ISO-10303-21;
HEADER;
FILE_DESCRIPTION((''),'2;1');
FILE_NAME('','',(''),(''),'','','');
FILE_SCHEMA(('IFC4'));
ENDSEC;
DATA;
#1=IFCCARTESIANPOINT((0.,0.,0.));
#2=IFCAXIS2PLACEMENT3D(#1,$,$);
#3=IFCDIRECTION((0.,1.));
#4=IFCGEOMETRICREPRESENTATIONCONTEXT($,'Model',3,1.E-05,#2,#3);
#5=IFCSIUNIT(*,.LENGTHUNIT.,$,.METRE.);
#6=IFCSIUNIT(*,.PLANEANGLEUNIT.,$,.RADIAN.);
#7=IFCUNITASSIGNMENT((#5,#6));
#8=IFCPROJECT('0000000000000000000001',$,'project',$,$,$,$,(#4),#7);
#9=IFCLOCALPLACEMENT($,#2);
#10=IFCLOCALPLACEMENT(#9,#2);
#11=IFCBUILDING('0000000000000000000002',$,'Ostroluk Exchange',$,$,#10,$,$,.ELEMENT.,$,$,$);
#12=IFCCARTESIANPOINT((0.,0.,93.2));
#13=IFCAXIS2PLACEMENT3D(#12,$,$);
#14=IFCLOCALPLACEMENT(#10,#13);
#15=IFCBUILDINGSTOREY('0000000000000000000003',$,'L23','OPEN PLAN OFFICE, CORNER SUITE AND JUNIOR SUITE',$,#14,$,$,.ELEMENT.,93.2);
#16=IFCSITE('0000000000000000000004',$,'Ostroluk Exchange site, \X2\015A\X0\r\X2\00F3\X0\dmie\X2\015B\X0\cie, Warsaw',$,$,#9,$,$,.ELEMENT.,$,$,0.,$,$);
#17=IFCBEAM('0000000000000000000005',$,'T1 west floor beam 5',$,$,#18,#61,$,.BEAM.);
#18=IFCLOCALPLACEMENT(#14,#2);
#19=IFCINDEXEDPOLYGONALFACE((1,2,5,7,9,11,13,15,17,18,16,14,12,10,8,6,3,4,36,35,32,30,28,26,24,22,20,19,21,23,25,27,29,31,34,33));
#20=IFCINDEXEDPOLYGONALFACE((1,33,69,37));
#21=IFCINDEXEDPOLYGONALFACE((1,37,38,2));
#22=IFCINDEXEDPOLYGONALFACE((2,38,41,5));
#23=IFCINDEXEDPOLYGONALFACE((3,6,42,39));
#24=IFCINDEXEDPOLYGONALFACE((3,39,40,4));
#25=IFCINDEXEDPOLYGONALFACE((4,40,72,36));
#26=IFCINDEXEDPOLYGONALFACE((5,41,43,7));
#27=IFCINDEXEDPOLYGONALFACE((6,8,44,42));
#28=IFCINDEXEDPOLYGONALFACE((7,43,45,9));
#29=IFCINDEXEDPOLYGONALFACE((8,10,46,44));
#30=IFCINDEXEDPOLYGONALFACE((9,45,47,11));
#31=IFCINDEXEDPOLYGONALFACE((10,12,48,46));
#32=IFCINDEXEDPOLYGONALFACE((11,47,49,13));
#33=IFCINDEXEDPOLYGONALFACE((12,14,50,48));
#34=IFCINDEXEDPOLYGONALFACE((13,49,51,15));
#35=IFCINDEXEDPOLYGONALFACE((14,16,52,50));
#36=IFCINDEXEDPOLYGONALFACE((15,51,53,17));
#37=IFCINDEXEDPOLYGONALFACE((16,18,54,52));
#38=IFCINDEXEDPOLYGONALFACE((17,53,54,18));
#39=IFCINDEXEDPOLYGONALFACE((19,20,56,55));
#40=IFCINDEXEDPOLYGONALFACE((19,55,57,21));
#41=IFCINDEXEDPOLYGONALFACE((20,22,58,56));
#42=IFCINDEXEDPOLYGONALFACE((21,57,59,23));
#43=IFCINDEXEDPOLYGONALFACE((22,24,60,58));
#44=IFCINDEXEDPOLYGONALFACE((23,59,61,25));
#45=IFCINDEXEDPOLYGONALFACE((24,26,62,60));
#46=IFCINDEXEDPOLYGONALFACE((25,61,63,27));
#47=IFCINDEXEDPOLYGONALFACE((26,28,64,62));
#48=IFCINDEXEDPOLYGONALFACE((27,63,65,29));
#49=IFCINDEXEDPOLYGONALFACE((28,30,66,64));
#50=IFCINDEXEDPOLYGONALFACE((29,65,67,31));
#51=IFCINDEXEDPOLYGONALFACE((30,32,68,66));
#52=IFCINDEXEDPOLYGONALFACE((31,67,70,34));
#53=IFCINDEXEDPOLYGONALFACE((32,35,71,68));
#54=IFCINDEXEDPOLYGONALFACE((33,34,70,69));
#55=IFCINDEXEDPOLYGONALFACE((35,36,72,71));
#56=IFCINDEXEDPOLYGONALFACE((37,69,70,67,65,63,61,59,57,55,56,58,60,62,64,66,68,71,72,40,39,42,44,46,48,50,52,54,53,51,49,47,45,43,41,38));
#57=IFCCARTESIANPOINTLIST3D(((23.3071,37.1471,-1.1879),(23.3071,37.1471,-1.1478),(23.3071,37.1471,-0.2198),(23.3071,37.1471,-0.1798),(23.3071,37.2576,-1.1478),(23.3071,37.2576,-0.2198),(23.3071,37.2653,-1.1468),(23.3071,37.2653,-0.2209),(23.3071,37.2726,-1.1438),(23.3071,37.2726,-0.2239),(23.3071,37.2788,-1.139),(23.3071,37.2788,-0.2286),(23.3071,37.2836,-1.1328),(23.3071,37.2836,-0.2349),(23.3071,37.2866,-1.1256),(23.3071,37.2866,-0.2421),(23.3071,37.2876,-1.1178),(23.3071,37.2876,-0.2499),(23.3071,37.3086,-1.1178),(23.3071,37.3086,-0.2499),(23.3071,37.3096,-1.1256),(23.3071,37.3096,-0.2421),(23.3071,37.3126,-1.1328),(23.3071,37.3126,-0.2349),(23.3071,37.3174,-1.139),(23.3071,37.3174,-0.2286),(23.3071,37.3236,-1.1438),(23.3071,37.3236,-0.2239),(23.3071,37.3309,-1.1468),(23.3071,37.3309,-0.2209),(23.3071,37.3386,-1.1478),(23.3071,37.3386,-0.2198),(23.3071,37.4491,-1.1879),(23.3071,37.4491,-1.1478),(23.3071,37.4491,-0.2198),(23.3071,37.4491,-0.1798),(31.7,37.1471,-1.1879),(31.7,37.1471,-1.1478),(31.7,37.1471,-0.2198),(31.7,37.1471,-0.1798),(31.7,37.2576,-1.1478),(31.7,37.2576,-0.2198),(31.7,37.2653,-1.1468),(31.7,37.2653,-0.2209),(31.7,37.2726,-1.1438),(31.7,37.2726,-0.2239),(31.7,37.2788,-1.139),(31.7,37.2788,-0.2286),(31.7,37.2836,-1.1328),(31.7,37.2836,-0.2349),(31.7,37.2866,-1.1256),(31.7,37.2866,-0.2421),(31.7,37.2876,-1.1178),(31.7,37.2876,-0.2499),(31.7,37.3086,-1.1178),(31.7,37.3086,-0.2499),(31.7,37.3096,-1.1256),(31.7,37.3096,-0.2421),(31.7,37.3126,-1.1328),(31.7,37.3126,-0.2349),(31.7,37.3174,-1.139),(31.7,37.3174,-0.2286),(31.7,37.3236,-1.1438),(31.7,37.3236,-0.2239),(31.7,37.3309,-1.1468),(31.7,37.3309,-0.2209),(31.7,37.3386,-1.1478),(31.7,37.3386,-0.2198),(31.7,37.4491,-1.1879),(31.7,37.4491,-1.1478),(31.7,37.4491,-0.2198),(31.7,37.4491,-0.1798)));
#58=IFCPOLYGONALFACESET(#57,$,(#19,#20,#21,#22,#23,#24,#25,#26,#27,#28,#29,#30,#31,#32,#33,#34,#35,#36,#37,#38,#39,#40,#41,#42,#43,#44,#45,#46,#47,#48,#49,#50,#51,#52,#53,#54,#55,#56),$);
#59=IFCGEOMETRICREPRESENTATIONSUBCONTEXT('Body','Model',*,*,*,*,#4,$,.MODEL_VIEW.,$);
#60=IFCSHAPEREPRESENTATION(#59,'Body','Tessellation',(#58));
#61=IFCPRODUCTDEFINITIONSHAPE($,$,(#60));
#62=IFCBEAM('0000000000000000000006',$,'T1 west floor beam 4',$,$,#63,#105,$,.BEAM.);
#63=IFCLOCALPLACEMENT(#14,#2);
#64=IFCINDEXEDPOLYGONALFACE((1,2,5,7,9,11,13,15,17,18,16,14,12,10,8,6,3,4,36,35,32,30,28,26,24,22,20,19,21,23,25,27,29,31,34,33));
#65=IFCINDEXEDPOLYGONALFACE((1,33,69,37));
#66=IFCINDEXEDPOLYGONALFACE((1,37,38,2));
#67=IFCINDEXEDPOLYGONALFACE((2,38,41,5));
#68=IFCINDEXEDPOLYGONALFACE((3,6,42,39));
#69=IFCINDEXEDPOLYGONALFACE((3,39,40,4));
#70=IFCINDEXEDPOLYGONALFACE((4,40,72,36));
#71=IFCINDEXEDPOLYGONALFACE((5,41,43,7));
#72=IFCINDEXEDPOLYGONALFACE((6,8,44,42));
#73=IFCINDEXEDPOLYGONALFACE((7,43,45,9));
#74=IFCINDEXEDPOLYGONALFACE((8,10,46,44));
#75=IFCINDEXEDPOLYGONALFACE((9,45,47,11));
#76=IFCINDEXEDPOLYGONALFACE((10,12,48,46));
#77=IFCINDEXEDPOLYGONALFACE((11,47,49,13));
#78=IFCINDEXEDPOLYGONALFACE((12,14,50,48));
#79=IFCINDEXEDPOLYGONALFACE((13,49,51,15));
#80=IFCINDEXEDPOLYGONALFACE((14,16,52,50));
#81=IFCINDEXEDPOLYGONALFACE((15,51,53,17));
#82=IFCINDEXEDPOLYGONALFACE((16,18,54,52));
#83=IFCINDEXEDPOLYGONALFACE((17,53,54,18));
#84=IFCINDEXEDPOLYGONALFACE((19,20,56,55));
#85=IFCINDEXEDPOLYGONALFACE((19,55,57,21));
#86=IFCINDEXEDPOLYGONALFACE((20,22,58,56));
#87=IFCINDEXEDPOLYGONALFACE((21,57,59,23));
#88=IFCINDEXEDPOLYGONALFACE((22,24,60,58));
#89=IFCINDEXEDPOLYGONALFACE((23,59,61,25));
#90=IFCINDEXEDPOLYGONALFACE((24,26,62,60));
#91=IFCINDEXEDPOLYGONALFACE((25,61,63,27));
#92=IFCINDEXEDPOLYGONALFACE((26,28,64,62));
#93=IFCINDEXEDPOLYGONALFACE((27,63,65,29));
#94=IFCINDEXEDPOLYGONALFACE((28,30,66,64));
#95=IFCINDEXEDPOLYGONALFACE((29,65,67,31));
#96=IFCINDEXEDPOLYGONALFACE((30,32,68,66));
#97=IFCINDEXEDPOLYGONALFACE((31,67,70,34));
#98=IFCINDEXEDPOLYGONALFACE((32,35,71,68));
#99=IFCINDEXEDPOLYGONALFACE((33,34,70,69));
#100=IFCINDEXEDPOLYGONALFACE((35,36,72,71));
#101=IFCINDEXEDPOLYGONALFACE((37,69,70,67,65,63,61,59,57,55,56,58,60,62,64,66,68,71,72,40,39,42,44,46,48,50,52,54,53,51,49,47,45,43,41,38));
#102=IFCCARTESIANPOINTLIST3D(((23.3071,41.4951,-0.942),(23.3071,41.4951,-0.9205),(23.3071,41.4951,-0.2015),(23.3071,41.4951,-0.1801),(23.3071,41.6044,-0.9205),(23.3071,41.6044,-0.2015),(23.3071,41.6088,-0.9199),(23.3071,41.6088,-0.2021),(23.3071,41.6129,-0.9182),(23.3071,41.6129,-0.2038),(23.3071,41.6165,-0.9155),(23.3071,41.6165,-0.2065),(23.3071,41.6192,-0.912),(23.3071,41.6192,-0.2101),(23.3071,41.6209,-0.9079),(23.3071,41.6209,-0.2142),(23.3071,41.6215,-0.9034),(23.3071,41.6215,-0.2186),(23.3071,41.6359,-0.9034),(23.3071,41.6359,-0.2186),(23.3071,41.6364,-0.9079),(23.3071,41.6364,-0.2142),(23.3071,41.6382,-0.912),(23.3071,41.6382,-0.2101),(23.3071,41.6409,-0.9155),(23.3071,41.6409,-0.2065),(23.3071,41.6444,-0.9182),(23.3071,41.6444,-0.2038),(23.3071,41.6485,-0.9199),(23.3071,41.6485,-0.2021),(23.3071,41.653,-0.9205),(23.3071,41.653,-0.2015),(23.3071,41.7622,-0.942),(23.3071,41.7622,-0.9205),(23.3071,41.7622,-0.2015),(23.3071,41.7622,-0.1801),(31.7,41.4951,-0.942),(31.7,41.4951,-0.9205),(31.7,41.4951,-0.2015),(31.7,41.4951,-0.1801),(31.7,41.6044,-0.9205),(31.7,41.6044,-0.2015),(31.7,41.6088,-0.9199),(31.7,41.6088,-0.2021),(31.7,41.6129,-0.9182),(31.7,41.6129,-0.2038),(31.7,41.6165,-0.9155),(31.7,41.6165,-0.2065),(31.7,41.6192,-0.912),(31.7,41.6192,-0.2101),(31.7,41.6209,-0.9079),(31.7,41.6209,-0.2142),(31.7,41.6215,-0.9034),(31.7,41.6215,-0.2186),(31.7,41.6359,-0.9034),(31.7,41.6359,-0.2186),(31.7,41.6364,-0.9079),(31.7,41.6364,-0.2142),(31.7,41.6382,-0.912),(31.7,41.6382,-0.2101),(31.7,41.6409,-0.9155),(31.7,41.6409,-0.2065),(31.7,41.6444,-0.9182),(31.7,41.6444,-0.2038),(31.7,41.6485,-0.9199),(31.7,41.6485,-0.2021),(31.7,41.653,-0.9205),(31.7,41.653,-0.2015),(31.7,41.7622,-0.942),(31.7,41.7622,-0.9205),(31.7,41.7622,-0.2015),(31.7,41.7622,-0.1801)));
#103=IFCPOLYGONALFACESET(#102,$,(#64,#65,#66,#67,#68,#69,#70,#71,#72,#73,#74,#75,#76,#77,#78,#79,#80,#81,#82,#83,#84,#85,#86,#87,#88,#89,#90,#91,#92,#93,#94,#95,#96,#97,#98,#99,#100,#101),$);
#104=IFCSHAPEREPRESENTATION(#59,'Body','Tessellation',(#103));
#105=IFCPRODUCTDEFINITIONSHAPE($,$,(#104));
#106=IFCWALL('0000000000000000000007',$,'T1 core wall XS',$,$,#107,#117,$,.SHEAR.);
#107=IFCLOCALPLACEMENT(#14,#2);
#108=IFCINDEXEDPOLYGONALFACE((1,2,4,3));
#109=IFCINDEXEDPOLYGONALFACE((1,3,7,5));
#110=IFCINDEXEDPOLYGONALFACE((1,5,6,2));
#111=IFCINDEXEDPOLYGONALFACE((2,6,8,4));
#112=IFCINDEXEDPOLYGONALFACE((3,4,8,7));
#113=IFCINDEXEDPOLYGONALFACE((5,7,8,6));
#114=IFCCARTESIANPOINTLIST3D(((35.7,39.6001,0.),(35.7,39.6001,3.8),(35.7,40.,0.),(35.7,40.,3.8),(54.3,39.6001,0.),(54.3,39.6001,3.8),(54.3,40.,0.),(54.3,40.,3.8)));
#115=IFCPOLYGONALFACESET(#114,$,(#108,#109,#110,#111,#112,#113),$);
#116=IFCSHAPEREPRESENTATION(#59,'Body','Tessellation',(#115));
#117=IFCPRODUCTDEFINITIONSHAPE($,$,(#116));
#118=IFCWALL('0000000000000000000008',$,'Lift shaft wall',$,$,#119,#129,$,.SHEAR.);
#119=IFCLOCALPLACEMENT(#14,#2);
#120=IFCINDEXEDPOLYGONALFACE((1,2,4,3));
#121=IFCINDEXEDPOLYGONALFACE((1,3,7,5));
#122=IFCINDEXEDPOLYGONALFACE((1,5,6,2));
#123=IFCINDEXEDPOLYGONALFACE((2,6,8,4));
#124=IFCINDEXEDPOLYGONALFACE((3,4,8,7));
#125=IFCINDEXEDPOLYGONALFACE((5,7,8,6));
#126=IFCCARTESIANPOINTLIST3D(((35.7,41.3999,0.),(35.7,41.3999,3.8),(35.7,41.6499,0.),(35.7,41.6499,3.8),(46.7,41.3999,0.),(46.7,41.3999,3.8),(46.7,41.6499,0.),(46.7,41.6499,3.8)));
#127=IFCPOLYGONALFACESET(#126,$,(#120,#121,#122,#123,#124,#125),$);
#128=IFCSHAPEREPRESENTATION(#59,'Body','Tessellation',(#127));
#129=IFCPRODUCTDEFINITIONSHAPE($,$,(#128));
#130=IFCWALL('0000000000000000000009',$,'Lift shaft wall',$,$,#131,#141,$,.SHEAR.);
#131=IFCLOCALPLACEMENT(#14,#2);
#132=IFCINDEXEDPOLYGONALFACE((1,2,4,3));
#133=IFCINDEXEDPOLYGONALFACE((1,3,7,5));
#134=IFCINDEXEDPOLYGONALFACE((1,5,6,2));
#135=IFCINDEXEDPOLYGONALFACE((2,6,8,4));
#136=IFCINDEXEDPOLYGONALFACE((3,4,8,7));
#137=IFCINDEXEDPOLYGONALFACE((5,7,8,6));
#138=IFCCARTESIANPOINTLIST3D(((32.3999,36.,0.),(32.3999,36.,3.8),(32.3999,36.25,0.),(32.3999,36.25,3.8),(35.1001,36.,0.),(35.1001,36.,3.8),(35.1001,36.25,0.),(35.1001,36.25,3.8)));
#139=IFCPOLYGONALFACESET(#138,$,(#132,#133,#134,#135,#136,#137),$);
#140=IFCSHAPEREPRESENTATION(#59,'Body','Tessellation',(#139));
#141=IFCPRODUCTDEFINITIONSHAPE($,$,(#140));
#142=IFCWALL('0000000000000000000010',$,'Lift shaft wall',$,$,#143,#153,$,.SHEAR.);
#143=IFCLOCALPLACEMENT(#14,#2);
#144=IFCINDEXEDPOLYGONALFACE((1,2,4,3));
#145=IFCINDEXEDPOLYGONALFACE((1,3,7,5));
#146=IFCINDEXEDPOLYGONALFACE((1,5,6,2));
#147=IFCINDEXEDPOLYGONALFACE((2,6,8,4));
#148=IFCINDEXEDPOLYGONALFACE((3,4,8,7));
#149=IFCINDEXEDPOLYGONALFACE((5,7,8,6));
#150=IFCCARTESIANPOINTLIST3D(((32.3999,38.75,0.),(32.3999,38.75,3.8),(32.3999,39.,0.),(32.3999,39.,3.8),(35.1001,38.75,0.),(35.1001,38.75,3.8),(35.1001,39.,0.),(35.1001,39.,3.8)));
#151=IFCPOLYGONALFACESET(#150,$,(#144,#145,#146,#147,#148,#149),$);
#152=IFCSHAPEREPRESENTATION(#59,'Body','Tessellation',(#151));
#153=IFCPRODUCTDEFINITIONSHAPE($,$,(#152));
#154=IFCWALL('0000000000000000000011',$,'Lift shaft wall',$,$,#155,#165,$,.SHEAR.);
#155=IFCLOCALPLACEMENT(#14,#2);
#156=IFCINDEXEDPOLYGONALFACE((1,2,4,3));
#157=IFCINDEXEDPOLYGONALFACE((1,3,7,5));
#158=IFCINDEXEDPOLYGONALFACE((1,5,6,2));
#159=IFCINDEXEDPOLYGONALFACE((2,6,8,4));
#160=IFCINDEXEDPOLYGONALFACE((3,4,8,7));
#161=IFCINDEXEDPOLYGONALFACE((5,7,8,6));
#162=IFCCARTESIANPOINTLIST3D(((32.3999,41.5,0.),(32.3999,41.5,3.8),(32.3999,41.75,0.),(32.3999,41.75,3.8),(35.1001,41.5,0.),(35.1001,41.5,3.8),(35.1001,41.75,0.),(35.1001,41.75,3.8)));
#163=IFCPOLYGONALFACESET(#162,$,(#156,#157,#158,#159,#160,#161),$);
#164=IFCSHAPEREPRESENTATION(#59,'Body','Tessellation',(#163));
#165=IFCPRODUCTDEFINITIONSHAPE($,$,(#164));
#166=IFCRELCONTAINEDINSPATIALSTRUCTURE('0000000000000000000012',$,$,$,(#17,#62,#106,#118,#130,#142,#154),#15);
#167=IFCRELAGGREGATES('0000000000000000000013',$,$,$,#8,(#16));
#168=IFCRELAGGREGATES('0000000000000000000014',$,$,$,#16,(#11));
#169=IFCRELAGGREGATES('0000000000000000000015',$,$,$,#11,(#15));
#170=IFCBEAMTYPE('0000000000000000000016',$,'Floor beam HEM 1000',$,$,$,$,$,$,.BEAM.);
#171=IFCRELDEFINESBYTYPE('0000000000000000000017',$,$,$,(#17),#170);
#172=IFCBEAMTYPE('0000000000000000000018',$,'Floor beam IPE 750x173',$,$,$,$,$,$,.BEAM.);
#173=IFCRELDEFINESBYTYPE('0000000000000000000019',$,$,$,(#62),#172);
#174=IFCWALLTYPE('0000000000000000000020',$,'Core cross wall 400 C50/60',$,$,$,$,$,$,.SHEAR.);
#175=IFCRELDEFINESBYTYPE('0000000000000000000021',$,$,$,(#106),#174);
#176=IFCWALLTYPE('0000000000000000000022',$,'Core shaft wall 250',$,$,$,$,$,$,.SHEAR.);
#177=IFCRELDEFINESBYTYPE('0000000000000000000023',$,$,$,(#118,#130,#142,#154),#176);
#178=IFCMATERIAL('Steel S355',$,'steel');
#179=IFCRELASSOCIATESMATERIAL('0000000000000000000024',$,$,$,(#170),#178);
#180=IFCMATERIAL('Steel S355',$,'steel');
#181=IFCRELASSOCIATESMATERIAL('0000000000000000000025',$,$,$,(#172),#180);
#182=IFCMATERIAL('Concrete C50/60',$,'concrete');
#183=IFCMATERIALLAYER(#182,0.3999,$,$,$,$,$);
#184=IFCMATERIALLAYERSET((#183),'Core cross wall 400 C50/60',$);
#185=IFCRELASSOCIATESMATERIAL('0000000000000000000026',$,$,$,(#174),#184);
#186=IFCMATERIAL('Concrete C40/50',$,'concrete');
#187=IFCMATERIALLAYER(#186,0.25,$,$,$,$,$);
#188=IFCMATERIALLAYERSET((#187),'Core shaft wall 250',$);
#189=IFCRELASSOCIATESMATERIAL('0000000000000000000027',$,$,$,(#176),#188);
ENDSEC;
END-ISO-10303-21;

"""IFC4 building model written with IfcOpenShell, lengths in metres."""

from ifc_helpers import new_model, si_unit, direction, frame, frame_2d, origin, origin_2d, place, context, subcontext, project, spatial, rectangle, i_section, extrude, material, layer, layer_set, material_profile, profile_set, type_object, element, save


model = new_model("IFC4")

# Units and contexts
model_context = context("Model", 3, precision=1e-05, world=origin(), true_north=direction((0.0, 1.0)))
body_context = subcontext(model_context, "Body", "Model", "MODEL_VIEW")
ifc_project = project(units=[si_unit("LENGTHUNIT", "METRE"), si_unit("PLANEANGLEUNIT", "RADIAN")], contexts=[model_context])

# Site, building, storey
site_placement = place(None, origin())
site = spatial("IfcSite", under=ifc_project, at=site_placement, Name="Ostroluk Exchange site, Śródmieście, Warsaw", CompositionType="ELEMENT", RefElevation=0.0)
building_placement = place(site_placement, origin())
building = spatial("IfcBuilding", under=site, at=building_placement, Name="Ostroluk Exchange", CompositionType="ELEMENT")
storey_placement = place(building_placement, frame((0.0, 0.0, 93.2)))
storey = spatial("IfcBuildingStorey", under=building, at=storey_placement, Name="L23", Description="OPEN PLAN OFFICE, CORNER SUITE AND JUNIOR SUITE", CompositionType="ELEMENT", Elevation=93.2)

# Beams
ifc_material_1 = material(Name="Steel S355", Category="steel")
ifc_material_profile_1 = material_profile(ifc_material_1, i_section(OverallWidth=0.302, OverallDepth=1.0081, WebThickness=0.021, FlangeThickness=0.04, FilletRadius=0.03, at=origin_2d()), Name="HEM 1000")
ifc_profile_set_1 = profile_set([ifc_material_profile_1], Name="Steel S355")
beam_type_1 = type_object("IfcBeamType", Name="Floor beam HEM 1000", PredefinedType="BEAM", material=ifc_profile_set_1)
beam_1_placement = place(storey_placement, frame((31.7, 37.2981, -0.6838), z_axis=(-1.0, 0.0, 0.0), x_axis=(0.0, -1.0, 0.0)))
element("IfcBeam", 1, at=beam_1_placement, inside=storey, type_object=beam_type_1, Name="T1 west floor beam 5", PredefinedType="BEAM", context=body_context, shape_type="SweptSolid", body=[
    extrude(i_section(OverallWidth=0.302, OverallDepth=1.0081, WebThickness=0.021, FlangeThickness=0.04, FilletRadius=0.03, at=origin_2d()), origin(), (0.0, 0.0, 1.0), 8.3928),
])
ifc_material_2 = material(Name="Steel S355", Category="steel")
ifc_material_profile_2 = material_profile(ifc_material_2, i_section(OverallWidth=0.2671, OverallDepth=0.762, WebThickness=0.0144, FlangeThickness=0.0215, FilletRadius=0.0171, at=origin_2d()), Name="IPE 750x173")
ifc_profile_set_2 = profile_set([ifc_material_profile_2], Name="Steel S355")
beam_type_2 = type_object("IfcBeamType", Name="Floor beam IPE 750x173", PredefinedType="BEAM", material=ifc_profile_set_2)
beam_2_placement = place(storey_placement, frame((31.7, 41.6287, -0.561), z_axis=(-1.0, 0.0, 0.0), x_axis=(0.0, -1.0, 0.0)))
element("IfcBeam", 2, at=beam_2_placement, inside=storey, type_object=beam_type_2, Name="T1 west floor beam 4", PredefinedType="BEAM", context=body_context, shape_type="SweptSolid", body=[
    extrude(i_section(OverallWidth=0.2671, OverallDepth=0.762, WebThickness=0.0144, FlangeThickness=0.0215, FilletRadius=0.0171, at=origin_2d()), origin(), (0.0, 0.0, 1.0), 8.3928),
])

# Walls
ifc_material_3 = material(Name="Concrete C50/60", Category="concrete")
ifc_layer_1 = layer(ifc_material_3, 0.3999)
ifc_layer_set_1 = layer_set([ifc_layer_1], Name="Core cross wall 400 C50/60")
wall_type_1 = type_object("IfcWallType", Name="Core cross wall 400 C50/60", PredefinedType="SHEAR", material=ifc_layer_set_1)
wall_1_placement = place(storey_placement, frame((35.7, 39.8, 0.0), z_axis=(0.0, 0.0, 1.0), x_axis=(1.0, 0.0, 0.0)))
element("IfcWall", 3, at=wall_1_placement, inside=storey, type_object=wall_type_1, Name="T1 core wall XS", PredefinedType="SHEAR", context=body_context, shape_type="SweptSolid", body=[
    extrude(rectangle(XDim=18.6001, YDim=0.3999, at=frame_2d((9.3, 0.0))), origin(), (0.0, 0.0, 1.0), 3.8),
])
ifc_material_4 = material(Name="Concrete C40/50", Category="concrete")
ifc_layer_2 = layer(ifc_material_4, 0.25)
ifc_layer_set_2 = layer_set([ifc_layer_2], Name="Core shaft wall 250")
wall_type_2 = type_object("IfcWallType", Name="Core shaft wall 250", PredefinedType="SHEAR", material=ifc_layer_set_2)
wall_2_placement = place(storey_placement, frame((35.7, 41.5249, 0.0), z_axis=(0.0, 0.0, 1.0), x_axis=(1.0, 0.0, 0.0)))
element("IfcWall", 4, at=wall_2_placement, inside=storey, type_object=wall_type_2, Name="Lift shaft wall", PredefinedType="SHEAR", context=body_context, shape_type="SweptSolid", body=[
    extrude(rectangle(XDim=11.0, YDim=0.25, at=frame_2d((5.5, 0.0))), origin(), (0.0, 0.0, 1.0), 3.8),
])
for number, where, z_axis, x_axis, name in (
    (5, (32.3999, 36.125, 0.0), (0.0, 0.0, 1.0), (1.0, 0.0, 0.0), "Lift shaft wall"),
    (6, (32.3999, 38.875, 0.0), (0.0, 0.0, 1.0), (1.0, 0.0, 0.0), "Lift shaft wall"),
    (7, (32.3999, 41.625, 0.0), (0.0, 0.0, 1.0), (1.0, 0.0, 0.0), "Lift shaft wall"),
):
    element("IfcWall", number, at=place(storey_placement, frame(where, z_axis=z_axis, x_axis=x_axis)), inside=storey, type_object=wall_type_2, Name=name, PredefinedType="SHEAR", context=body_context, shape_type="SweptSolid", body=[
        extrude(rectangle(XDim=2.7002, YDim=0.25, at=frame_2d((1.3501, 0.0))), origin(), (0.0, 0.0, 1.0), 3.8),
    ])

save(model, "model.ifc")
